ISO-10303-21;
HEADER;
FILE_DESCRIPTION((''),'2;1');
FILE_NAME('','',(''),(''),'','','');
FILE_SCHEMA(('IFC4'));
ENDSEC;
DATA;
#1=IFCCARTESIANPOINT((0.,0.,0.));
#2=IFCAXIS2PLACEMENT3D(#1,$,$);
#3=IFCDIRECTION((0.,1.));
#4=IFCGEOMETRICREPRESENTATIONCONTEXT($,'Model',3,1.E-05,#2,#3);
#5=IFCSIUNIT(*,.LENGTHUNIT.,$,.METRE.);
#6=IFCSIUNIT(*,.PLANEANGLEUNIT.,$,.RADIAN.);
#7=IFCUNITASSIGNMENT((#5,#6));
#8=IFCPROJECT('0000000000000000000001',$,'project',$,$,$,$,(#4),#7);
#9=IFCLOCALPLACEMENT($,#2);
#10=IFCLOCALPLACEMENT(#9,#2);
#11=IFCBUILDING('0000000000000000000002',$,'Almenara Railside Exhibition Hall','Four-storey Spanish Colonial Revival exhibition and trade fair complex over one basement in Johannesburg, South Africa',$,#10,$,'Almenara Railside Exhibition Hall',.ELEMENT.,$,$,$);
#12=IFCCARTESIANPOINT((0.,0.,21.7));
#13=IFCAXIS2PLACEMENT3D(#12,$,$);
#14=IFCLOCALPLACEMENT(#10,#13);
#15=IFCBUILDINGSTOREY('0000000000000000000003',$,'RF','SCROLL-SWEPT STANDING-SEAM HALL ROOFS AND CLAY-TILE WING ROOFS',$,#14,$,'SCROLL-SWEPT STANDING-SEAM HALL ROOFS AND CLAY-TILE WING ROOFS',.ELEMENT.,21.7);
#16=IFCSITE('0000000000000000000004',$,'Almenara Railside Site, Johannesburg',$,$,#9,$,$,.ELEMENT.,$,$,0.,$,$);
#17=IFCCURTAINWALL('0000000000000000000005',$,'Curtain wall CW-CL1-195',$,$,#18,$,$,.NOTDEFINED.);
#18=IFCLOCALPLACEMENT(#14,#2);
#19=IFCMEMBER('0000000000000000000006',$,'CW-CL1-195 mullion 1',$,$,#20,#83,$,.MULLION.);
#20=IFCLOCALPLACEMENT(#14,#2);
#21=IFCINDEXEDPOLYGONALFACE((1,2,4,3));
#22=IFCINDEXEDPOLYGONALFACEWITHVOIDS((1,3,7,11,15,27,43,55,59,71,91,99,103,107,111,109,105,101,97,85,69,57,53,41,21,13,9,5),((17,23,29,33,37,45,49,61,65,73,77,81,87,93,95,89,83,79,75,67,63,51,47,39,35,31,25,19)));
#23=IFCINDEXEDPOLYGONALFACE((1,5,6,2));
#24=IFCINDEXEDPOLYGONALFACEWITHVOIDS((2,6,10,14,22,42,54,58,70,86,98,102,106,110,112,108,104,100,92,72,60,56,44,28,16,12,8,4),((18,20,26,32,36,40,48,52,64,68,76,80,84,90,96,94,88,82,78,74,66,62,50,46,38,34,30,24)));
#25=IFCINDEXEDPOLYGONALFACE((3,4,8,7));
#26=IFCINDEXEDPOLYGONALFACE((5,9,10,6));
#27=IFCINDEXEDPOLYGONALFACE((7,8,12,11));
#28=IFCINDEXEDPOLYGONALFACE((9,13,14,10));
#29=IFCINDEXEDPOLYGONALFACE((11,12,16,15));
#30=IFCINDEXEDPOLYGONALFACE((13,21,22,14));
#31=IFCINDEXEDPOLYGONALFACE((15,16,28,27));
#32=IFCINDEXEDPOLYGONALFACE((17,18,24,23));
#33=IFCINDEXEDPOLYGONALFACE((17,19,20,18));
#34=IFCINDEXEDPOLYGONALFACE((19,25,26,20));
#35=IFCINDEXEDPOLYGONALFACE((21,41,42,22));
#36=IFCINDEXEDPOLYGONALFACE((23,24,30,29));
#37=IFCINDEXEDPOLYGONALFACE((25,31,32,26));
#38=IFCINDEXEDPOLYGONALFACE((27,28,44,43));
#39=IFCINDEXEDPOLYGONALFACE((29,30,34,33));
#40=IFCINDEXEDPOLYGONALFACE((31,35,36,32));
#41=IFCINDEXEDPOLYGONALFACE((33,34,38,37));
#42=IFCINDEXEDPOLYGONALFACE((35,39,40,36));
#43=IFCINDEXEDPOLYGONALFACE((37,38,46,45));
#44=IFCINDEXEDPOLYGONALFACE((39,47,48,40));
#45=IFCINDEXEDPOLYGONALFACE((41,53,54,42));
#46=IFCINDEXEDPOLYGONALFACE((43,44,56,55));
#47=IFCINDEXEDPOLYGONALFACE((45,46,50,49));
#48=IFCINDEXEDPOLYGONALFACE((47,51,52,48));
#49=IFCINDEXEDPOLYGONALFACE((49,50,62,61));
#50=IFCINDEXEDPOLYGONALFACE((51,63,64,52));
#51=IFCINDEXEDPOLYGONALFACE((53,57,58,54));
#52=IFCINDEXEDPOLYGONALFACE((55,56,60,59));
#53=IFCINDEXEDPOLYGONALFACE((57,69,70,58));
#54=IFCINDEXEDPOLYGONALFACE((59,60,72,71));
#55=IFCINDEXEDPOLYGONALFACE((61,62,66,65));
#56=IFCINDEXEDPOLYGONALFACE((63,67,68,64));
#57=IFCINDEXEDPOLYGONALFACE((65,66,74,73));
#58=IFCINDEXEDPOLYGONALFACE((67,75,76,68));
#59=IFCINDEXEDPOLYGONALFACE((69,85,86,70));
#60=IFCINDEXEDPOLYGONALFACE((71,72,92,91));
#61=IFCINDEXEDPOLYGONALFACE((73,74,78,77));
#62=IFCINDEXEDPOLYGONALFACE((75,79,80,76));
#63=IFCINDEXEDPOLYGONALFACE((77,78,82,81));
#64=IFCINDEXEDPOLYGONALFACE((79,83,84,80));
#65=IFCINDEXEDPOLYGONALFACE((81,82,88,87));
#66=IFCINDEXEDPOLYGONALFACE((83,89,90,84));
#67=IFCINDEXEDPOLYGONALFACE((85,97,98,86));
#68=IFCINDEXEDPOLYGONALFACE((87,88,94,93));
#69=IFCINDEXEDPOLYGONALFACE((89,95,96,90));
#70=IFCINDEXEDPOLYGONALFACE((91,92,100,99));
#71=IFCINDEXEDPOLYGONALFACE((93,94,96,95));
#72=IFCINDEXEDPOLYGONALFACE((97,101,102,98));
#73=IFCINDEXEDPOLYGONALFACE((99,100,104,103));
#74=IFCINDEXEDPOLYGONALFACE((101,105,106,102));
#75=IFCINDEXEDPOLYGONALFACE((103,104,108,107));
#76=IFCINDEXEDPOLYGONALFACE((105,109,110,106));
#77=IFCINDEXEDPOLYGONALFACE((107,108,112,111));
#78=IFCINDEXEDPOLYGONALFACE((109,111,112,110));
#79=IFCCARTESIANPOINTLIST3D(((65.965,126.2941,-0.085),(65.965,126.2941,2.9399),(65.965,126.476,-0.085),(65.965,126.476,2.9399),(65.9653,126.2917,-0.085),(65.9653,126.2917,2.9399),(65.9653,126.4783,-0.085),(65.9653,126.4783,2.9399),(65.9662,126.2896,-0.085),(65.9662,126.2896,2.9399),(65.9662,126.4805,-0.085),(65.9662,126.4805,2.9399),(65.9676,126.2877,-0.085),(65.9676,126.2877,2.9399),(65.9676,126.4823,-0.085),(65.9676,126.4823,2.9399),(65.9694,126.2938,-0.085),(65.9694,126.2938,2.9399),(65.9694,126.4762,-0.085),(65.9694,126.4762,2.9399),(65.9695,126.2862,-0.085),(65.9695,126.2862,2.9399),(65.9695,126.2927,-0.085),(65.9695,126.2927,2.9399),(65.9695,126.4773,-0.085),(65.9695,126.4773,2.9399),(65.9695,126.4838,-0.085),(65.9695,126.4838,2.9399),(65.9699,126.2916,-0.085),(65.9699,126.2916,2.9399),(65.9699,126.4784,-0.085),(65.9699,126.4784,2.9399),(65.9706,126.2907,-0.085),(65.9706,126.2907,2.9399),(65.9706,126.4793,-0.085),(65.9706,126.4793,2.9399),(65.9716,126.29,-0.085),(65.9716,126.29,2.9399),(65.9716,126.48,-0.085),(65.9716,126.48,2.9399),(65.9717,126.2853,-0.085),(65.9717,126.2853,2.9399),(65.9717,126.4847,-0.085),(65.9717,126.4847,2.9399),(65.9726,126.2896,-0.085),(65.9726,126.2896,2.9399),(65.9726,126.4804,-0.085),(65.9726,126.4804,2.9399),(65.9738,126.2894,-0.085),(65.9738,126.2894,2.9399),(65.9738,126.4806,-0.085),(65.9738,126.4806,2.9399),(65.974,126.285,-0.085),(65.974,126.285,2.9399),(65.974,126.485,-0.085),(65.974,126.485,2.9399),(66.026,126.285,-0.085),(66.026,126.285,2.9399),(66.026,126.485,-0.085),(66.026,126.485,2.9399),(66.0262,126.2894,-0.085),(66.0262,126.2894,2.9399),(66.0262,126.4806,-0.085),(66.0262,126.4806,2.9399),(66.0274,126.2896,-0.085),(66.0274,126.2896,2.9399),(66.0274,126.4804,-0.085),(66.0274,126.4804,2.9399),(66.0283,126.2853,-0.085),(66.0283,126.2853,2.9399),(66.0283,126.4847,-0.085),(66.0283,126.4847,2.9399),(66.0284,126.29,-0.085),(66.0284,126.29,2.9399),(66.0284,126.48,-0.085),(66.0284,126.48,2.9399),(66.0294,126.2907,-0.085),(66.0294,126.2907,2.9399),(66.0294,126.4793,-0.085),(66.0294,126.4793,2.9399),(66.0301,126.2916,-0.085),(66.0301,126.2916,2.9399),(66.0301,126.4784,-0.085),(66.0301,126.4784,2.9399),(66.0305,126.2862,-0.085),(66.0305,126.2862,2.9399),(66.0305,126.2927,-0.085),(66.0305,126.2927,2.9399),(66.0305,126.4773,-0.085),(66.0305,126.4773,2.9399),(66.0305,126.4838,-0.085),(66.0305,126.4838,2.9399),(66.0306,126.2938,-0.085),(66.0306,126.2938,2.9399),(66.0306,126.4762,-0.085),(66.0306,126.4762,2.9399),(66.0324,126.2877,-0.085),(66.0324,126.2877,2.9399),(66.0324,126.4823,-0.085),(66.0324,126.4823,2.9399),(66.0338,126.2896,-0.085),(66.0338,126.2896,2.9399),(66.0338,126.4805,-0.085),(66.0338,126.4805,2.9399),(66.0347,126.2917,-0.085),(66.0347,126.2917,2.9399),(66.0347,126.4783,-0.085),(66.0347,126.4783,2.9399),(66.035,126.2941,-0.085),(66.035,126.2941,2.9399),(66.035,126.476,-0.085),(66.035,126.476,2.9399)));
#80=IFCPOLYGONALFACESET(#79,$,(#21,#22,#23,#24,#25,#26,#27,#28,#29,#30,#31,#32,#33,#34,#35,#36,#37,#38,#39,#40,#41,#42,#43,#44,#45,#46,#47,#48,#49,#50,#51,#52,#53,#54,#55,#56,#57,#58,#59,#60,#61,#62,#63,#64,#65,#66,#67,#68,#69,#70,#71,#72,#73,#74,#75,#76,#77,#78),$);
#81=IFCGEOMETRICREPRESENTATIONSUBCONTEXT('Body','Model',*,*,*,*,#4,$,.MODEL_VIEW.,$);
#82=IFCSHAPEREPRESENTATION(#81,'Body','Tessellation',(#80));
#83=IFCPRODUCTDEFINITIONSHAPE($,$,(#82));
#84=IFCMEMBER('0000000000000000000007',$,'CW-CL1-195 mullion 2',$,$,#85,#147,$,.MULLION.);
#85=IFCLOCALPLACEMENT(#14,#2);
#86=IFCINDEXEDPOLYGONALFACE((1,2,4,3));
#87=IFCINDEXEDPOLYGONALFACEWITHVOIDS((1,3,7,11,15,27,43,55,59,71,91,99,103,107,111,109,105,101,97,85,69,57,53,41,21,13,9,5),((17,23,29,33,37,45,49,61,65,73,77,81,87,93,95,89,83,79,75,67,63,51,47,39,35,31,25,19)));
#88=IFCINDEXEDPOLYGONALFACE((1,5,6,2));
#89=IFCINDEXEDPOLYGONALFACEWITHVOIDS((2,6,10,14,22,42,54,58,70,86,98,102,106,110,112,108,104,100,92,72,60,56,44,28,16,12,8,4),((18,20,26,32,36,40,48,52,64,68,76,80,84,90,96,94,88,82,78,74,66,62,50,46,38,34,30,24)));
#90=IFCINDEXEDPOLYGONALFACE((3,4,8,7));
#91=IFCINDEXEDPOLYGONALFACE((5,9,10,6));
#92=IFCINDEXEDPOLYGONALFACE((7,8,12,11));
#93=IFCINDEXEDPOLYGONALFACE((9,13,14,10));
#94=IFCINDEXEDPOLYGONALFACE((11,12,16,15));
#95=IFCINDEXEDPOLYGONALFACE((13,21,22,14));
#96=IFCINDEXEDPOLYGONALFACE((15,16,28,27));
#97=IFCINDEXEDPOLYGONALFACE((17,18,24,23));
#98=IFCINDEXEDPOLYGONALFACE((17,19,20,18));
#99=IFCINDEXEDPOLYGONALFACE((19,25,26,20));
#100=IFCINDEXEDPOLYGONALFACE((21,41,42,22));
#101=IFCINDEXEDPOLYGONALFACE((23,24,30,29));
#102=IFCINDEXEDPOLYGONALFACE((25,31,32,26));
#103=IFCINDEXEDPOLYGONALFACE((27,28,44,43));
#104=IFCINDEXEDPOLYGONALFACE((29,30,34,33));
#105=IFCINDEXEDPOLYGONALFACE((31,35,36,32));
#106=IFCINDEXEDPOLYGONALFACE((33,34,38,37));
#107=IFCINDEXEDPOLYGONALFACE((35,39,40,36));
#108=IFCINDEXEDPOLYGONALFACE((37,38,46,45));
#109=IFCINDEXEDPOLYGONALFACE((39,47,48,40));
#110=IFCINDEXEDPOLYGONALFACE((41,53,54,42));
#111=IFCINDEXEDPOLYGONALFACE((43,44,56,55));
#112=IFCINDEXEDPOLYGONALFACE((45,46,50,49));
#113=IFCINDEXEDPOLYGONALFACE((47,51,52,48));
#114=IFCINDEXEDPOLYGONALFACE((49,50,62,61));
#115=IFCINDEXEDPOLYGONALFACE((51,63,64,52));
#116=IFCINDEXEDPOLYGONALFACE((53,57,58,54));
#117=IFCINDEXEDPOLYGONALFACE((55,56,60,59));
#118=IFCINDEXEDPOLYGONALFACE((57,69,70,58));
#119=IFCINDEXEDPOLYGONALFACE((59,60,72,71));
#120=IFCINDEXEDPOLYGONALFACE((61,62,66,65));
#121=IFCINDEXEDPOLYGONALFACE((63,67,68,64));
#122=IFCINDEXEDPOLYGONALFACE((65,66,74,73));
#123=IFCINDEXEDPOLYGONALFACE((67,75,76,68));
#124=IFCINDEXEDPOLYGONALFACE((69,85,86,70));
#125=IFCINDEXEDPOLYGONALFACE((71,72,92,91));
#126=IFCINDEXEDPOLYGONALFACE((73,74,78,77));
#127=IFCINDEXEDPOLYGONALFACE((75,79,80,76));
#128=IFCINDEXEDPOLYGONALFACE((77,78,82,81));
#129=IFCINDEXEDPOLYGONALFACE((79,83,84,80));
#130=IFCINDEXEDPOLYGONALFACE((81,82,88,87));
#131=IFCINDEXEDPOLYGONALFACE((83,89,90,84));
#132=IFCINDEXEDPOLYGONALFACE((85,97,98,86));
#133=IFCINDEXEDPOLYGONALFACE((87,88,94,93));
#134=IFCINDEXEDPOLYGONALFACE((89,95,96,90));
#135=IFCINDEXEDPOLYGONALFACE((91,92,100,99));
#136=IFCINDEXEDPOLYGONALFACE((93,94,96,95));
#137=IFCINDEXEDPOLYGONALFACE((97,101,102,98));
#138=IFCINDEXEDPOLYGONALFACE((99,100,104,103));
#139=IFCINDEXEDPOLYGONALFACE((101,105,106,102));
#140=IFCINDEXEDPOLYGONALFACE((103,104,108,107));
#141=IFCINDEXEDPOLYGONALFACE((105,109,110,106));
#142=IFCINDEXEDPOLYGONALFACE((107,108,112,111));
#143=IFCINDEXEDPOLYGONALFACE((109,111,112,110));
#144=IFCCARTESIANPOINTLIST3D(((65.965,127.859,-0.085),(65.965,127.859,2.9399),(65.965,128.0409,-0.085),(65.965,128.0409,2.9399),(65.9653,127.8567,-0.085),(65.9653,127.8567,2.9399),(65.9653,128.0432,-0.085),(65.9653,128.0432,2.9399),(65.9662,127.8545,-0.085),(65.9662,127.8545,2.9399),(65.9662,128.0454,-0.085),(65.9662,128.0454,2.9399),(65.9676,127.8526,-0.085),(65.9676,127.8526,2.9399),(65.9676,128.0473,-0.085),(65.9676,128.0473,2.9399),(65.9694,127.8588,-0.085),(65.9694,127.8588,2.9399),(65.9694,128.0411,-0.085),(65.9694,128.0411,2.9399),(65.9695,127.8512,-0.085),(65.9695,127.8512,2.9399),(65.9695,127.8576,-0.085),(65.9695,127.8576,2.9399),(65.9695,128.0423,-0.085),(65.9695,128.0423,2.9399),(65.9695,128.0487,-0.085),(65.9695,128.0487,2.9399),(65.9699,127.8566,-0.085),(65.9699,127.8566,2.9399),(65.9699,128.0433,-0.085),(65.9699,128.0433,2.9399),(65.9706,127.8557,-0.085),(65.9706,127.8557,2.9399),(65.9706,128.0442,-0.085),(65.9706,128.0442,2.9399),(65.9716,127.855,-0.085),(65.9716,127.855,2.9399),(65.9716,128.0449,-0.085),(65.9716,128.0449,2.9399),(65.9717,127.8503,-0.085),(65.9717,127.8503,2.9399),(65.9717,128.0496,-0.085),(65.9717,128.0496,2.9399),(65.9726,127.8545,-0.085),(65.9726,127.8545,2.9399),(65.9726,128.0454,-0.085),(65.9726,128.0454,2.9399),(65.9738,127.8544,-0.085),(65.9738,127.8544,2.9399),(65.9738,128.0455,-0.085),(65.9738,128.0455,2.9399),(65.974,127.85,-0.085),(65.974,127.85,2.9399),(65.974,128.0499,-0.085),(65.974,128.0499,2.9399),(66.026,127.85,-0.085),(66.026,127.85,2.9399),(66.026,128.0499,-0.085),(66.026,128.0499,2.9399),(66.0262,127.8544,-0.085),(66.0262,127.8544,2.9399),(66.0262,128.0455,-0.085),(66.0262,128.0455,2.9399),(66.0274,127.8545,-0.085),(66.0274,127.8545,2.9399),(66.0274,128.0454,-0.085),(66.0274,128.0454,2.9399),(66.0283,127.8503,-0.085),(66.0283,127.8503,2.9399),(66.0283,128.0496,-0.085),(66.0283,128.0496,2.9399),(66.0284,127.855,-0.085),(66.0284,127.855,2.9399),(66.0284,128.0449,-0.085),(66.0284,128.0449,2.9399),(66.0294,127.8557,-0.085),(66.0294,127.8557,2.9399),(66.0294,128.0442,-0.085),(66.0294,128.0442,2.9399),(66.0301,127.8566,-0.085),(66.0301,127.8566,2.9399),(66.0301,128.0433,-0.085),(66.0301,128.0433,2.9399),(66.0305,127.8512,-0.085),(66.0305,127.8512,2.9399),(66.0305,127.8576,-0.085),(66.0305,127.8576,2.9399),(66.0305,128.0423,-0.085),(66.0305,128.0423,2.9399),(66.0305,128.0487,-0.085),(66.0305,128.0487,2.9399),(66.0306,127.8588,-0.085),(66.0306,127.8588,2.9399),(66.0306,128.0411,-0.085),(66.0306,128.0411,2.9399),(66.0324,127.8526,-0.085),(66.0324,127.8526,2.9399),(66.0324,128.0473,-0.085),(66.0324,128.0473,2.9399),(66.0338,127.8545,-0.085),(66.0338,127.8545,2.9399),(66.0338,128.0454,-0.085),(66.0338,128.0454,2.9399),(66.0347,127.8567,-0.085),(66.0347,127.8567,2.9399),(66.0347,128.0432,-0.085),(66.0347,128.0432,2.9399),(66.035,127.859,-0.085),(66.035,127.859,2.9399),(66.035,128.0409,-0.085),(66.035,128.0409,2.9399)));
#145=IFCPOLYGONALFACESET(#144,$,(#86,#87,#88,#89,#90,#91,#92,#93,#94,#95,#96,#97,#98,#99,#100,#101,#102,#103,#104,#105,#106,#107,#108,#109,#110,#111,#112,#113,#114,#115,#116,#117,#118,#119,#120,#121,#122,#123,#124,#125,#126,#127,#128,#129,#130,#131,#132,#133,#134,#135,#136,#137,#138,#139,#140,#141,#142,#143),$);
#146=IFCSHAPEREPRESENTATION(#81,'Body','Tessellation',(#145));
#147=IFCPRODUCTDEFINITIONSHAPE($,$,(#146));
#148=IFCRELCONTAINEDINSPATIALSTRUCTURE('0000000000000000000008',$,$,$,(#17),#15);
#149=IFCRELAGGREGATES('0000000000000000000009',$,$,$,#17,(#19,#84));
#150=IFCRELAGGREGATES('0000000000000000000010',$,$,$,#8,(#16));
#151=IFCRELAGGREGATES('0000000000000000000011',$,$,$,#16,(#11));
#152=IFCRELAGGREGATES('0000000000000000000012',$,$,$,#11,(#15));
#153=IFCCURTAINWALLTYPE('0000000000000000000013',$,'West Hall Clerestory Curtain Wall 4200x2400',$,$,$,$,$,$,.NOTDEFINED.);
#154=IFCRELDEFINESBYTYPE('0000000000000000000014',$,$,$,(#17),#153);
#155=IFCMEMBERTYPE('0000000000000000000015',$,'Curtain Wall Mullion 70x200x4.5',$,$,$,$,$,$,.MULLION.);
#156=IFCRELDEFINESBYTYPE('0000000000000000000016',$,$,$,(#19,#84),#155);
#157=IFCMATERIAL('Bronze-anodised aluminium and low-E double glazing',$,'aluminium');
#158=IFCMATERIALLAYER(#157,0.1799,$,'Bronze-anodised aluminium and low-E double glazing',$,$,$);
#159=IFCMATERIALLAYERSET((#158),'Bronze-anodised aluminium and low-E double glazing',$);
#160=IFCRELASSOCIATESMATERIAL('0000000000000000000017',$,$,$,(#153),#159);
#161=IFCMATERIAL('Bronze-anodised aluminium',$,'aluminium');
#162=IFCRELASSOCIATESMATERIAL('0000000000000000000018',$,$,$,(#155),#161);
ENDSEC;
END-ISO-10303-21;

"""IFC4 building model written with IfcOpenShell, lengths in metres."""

from ifc_helpers import new_model, si_unit, direction, frame, origin, origin_2d, place, context, subcontext, project, spatial, hollow_rectangle, extrude, material, layer, layer_set, material_profile, profile_set, type_object, element, aggregate, save


model = new_model("IFC4")

# Units and contexts
model_context = context("Model", 3, precision=1e-05, world=origin(), true_north=direction((0.0, 1.0)))
body_context = subcontext(model_context, "Body", "Model", "MODEL_VIEW")
ifc_project = project(units=[si_unit("LENGTHUNIT", "METRE"), si_unit("PLANEANGLEUNIT", "RADIAN")], contexts=[model_context])

# Site, building, storey
site_placement = place(None, origin())
site = spatial("IfcSite", under=ifc_project, at=site_placement, Name="Almenara Railside Site, Johannesburg", CompositionType="ELEMENT", RefElevation=0.0)
building_placement = place(site_placement, origin())
building = spatial("IfcBuilding", under=site, at=building_placement, Name="Almenara Railside Exhibition Hall", Description="Four-storey Spanish Colonial Revival exhibition and trade fair complex over one basement in Johannesburg, South Africa", LongName="Almenara Railside Exhibition Hall", CompositionType="ELEMENT")
storey_placement = place(building_placement, frame((0.0, 0.0, 21.7)))
storey = spatial("IfcBuildingStorey", under=building, at=storey_placement, Name="RF", Description="SCROLL-SWEPT STANDING-SEAM HALL ROOFS AND CLAY-TILE WING ROOFS", LongName="SCROLL-SWEPT STANDING-SEAM HALL ROOFS AND CLAY-TILE WING ROOFS", CompositionType="ELEMENT", Elevation=21.7)

# Curtain wall, members
ifc_material_1 = material(Name="Bronze-anodised aluminium and low-E double glazing", Category="aluminium")
ifc_layer_1 = layer(ifc_material_1, 0.1799, Name="Bronze-anodised aluminium and low-E double glazing")
ifc_layer_set_1 = layer_set([ifc_layer_1], Name="Bronze-anodised aluminium and low-E double glazing")
curtain_wall_type = type_object("IfcCurtainWallType", Name="West Hall Clerestory Curtain Wall 4200x2400", PredefinedType="NOTDEFINED", material=ifc_layer_set_1)
ifc_material_2 = material(Name="Bronze-anodised aluminium", Category="aluminium")
curtain_wall_1_placement = place(storey_placement, origin())
curtain_wall_1 = element("IfcCurtainWall", 1, at=curtain_wall_1_placement, inside=storey, type_object=curtain_wall_type, Name="Curtain wall CW-CL1-195", PredefinedType="NOTDEFINED")
ifc_material_profile_1 = material_profile(ifc_material_2, hollow_rectangle(XDim=0.0701, YDim=0.2, WallThickness=0.0044, InnerFilletRadius=0.0044, OuterFilletRadius=0.009, at=origin_2d()), Name="ALU-MUL 70x200x4.5")
ifc_profile_set_1 = profile_set([ifc_material_profile_1], Name="Bronze-anodised aluminium")
member_type_1 = type_object("IfcMemberType", Name="Curtain Wall Mullion 70x200x4.5", PredefinedType="MULLION", material=ifc_profile_set_1)
member_1_placement = place(storey_placement, frame((66.0, 126.385, -0.085), z_axis=(0.0, 0.0, 1.0), x_axis=(-1.0, 0.0, 0.0)))
member_1 = element("IfcMember", 2, at=member_1_placement, type_object=member_type_1, Name="CW-CL1-195 mullion 1", PredefinedType="MULLION", context=body_context, shape_type="SweptSolid", body=[
    extrude(hollow_rectangle(XDim=0.0701, YDim=0.2, WallThickness=0.0044, InnerFilletRadius=0.0044, OuterFilletRadius=0.009, at=origin_2d()), origin(), (0.0, 0.0, 1.0), 3.0249),
])
member_2_placement = place(storey_placement, frame((66.0, 127.95, -0.085), z_axis=(0.0, 0.0, 1.0), x_axis=(-1.0, 0.0, 0.0)))
member_2 = element("IfcMember", 3, at=member_2_placement, type_object=member_type_1, Name="CW-CL1-195 mullion 2", PredefinedType="MULLION", context=body_context, shape_type="SweptSolid", body=[
    extrude(hollow_rectangle(XDim=0.0701, YDim=0.2, WallThickness=0.0044, InnerFilletRadius=0.0044, OuterFilletRadius=0.009, at=origin_2d()), origin(), (0.0, 0.0, 1.0), 3.0249),
])

aggregate(curtain_wall_1, [member_1, member_2])

save(model, "model.ifc")
